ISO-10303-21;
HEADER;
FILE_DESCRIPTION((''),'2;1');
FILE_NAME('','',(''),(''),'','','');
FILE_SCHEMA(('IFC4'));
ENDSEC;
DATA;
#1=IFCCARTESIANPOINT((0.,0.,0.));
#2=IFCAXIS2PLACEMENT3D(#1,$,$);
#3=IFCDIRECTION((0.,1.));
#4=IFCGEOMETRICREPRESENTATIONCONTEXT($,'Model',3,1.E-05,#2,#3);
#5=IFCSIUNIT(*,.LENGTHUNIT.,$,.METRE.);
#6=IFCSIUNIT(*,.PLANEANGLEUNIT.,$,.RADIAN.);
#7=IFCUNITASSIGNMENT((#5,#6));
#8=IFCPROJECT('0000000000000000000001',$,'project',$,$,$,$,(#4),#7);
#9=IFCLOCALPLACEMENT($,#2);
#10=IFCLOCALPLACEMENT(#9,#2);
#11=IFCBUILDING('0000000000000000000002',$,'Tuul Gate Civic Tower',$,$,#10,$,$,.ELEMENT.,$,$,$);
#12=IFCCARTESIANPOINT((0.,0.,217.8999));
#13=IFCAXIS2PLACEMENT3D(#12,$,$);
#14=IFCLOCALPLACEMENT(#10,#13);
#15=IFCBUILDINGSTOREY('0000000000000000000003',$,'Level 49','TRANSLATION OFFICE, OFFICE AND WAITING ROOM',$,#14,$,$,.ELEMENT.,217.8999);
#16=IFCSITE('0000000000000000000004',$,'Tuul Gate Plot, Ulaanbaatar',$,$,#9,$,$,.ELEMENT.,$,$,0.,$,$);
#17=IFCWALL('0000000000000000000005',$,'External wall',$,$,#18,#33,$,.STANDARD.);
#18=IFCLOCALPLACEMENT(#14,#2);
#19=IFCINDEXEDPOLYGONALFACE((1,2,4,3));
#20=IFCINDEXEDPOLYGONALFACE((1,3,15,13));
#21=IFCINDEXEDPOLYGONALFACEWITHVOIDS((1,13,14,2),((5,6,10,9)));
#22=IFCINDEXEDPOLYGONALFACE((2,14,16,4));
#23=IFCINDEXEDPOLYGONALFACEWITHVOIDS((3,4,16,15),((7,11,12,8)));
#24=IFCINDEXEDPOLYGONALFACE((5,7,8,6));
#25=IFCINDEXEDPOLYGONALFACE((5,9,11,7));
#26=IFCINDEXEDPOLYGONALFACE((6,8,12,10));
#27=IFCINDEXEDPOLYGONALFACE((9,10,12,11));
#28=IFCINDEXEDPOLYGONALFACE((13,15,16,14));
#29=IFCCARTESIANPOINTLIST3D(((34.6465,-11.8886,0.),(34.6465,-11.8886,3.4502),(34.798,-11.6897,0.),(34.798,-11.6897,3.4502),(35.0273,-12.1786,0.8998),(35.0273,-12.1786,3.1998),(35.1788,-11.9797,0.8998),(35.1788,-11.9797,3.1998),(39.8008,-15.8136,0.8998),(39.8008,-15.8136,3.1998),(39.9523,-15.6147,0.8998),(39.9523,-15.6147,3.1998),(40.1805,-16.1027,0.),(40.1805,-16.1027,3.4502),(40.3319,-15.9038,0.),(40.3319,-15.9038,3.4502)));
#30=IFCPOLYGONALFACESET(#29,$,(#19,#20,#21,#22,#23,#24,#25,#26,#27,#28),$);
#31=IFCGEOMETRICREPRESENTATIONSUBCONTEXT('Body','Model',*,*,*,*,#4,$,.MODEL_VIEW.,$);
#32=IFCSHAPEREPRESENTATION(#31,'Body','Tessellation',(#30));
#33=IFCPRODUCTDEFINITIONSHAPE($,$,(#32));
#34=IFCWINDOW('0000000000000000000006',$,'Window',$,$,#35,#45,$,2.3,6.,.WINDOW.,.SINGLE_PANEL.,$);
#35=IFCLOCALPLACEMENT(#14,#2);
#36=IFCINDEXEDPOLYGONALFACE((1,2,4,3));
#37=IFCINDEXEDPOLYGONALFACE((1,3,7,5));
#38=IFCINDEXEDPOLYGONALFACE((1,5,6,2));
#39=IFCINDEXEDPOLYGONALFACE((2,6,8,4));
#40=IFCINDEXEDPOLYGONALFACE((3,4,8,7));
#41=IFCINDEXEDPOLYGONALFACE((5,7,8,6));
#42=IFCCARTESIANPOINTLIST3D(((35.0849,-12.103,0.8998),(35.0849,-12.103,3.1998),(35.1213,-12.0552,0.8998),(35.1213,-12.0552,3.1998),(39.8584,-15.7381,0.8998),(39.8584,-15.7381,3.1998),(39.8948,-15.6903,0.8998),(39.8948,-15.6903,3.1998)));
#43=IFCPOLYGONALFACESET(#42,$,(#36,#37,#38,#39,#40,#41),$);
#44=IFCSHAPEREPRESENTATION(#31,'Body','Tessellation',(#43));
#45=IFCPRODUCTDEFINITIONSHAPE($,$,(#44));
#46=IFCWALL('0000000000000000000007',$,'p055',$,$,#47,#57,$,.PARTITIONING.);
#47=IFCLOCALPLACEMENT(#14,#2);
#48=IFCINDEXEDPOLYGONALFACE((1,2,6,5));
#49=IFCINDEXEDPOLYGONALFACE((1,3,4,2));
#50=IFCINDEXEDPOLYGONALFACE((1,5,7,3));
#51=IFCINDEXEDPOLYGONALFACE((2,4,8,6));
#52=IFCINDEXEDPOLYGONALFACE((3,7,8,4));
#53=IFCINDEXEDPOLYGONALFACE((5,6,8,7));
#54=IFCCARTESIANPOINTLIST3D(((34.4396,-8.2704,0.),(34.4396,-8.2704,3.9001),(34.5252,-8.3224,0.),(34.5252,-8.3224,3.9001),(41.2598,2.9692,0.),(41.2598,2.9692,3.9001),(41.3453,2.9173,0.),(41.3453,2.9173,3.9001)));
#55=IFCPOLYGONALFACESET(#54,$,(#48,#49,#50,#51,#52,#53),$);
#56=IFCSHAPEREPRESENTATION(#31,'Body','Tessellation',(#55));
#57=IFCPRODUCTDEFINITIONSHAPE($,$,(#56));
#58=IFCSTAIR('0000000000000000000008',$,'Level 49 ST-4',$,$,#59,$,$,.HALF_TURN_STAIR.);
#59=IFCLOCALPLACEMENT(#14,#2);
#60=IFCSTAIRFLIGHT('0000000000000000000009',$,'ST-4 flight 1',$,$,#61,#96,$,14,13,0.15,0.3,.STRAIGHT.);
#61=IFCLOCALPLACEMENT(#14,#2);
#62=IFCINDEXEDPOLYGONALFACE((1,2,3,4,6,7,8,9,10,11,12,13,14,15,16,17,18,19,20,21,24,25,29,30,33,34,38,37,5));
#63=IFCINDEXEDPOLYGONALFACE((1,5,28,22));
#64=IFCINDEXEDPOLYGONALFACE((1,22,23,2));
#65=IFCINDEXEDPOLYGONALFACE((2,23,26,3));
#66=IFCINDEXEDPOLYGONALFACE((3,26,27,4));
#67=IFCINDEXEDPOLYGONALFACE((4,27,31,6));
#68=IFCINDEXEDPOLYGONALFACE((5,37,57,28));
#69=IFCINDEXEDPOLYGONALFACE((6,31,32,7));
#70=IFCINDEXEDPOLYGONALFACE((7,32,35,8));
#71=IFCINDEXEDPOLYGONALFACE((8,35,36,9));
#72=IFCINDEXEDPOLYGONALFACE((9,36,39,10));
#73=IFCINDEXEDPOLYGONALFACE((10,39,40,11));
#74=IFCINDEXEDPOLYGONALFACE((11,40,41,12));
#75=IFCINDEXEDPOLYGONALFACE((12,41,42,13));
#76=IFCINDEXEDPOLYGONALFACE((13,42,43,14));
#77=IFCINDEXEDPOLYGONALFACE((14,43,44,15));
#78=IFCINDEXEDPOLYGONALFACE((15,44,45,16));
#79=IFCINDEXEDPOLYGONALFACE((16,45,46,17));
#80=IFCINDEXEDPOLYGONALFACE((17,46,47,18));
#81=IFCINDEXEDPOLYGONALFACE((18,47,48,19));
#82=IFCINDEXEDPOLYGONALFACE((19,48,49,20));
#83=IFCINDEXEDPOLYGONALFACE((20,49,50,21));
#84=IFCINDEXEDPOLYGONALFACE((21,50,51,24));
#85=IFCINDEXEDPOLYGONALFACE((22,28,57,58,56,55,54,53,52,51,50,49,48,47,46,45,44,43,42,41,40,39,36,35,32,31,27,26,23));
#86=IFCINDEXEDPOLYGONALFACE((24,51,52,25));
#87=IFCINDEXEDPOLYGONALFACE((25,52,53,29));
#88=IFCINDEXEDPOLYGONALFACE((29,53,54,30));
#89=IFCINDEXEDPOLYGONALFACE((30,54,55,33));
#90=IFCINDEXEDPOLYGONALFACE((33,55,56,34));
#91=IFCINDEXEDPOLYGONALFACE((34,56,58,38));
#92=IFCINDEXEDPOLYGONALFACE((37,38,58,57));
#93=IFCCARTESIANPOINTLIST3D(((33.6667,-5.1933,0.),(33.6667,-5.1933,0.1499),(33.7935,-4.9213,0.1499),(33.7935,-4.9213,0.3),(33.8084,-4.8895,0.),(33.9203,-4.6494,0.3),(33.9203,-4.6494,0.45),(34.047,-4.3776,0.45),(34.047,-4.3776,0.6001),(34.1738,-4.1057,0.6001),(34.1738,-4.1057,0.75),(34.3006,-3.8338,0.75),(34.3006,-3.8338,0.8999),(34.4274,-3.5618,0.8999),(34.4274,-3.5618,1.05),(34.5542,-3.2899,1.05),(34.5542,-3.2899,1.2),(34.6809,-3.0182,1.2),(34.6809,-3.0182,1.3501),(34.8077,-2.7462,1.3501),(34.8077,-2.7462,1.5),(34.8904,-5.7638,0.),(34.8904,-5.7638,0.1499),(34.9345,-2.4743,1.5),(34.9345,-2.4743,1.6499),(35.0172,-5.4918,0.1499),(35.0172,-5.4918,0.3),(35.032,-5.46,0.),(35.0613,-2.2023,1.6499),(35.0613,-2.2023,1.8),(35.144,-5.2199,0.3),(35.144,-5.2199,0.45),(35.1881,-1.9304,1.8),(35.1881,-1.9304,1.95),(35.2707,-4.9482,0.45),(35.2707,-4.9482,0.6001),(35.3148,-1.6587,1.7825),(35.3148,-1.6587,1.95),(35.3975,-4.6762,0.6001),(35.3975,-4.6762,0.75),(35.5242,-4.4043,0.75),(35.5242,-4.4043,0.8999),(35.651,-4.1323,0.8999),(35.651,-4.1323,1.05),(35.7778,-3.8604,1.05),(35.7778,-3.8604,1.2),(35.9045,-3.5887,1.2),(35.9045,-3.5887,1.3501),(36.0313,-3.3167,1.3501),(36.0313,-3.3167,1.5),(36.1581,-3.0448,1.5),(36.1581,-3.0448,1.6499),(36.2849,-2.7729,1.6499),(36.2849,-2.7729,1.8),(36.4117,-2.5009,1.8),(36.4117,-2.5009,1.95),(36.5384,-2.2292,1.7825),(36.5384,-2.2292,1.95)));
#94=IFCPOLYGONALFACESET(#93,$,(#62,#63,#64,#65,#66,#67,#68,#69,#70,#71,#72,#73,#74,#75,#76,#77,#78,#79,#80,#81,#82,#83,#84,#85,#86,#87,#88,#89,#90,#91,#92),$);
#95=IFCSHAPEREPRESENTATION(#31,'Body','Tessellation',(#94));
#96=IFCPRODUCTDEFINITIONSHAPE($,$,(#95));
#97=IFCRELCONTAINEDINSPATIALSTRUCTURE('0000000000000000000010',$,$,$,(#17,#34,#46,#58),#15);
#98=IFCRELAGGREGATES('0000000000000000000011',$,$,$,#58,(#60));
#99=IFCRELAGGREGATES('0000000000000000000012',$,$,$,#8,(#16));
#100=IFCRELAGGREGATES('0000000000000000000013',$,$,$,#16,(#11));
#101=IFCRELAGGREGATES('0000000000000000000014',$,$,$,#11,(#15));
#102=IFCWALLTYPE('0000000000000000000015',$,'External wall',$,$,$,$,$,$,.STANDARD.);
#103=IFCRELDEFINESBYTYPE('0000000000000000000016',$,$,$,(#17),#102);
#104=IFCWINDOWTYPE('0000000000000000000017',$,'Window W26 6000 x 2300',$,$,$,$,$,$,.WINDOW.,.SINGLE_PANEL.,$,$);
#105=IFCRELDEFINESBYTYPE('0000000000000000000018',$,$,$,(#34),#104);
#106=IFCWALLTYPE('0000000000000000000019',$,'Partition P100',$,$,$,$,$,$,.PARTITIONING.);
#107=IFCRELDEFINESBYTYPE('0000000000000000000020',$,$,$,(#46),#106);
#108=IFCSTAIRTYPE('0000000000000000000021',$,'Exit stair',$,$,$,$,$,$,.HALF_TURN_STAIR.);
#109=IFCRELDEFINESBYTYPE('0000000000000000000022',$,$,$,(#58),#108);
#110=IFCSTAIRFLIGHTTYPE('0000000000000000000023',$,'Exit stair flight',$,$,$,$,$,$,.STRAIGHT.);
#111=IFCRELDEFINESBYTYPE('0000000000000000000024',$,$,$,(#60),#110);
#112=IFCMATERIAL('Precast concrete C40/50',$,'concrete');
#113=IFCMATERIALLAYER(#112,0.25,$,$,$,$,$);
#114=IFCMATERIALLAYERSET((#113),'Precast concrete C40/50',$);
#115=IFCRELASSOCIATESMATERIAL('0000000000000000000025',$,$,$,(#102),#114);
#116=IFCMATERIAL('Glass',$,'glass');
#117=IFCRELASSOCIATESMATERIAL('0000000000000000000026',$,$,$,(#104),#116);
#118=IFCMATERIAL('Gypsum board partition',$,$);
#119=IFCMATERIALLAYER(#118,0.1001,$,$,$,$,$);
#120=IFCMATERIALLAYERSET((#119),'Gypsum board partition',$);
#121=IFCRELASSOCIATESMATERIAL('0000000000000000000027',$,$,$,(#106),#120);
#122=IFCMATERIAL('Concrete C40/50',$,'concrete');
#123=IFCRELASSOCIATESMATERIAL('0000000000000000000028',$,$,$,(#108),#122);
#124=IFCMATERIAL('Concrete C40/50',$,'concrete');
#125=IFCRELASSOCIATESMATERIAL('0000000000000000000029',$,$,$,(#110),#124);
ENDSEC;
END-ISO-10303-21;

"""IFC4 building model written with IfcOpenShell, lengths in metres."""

from ifc_helpers import new_model, si_unit, direction, frame, frame_2d, origin, place, context, subcontext, project, spatial, polyline, rectangle, outline, extrude, material, layer, layer_set, type_object, element, fill, aggregate, save


model = new_model("IFC4")

# Units and contexts
model_context = context("Model", 3, precision=1e-05, world=origin(), true_north=direction((0.0, 1.0)))
body_context = subcontext(model_context, "Body", "Model", "MODEL_VIEW")
ifc_project = project(units=[si_unit("LENGTHUNIT", "METRE"), si_unit("PLANEANGLEUNIT", "RADIAN")], contexts=[model_context])

# Site, building, storey
site_placement = place(None, origin())
site = spatial("IfcSite", under=ifc_project, at=site_placement, Name="Tuul Gate Plot, Ulaanbaatar", CompositionType="ELEMENT", RefElevation=0.0)
building_placement = place(site_placement, origin())
building = spatial("IfcBuilding", under=site, at=building_placement, Name="Tuul Gate Civic Tower", CompositionType="ELEMENT")
storey_placement = place(building_placement, frame((0.0, 0.0, 217.8999)))
storey = spatial("IfcBuildingStorey", under=building, at=storey_placement, Name="Level 49", Description="TRANSLATION OFFICE, OFFICE AND WAITING ROOM", CompositionType="ELEMENT", Elevation=217.8999)

# Wall, opening, window
ifc_material_1 = material(Name="Precast concrete C40/50", Category="concrete")
ifc_layer_1 = layer(ifc_material_1, 0.25)
ifc_layer_set_1 = layer_set([ifc_layer_1], Name="Precast concrete C40/50")
wall_type_1 = type_object("IfcWallType", Name="External wall", PredefinedType="STANDARD", material=ifc_layer_set_1)
ifc_material_2 = material(Name="Glass", Category="glass")
window_type = type_object("IfcWindowType", Name="Window W26 6000 x 2300", PartitioningType="SINGLE_PANEL", PredefinedType="WINDOW", material=ifc_material_2)
wall_1_placement = place(storey_placement, frame((34.7222, -11.7891, 0.0), z_axis=(0.0, 0.0, 1.0), x_axis=(0.795586, -0.605841, 0.0)))
wall_1 = element("IfcWall", 1, at=wall_1_placement, inside=storey, type_object=wall_type_1, Name="External wall", PredefinedType="STANDARD", context=body_context, shape_type="SweptSolid", body=[
    extrude(rectangle(XDim=6.9558, YDim=0.25, at=frame_2d((3.478, 0.0))), origin(), (0.0, 0.0, 1.0), 3.4502),
])
opening_1_placement = place(wall_1_placement, frame((0.4788, 0.0, 0.8999)))
opening_1 = element("IfcOpeningElement", 2, at=opening_1_placement, cuts=wall_1, PredefinedType="OPENING", context=body_context, shape_type="SweptSolid", body=[
    extrude(rectangle(XDim=6.0, YDim=2.3, at=frame_2d((3.0, 1.1499))), frame((0.0, 0.135, 0.0), z_axis=(0.0, -1.0, 0.0), x_axis=(1.0, 0.0, 0.0)), (0.0, 0.0, 1.0), 0.27),
])
window_1_placement = place(opening_1_placement, origin())
window_1 = element("IfcWindow", 3, at=window_1_placement, inside=storey, type_object=window_type, Name="Window", OverallHeight=2.3, OverallWidth=6.0, PartitioningType="SINGLE_PANEL", PredefinedType="WINDOW", context=body_context, shape_type="SweptSolid", body=[
    extrude(rectangle(XDim=6.0, YDim=2.3, at=frame_2d((3.0, 1.1499))), frame((0.0, 0.03, 0.0), z_axis=(0.0, -1.0, 0.0), x_axis=(1.0, 0.0, 0.0)), (0.0, 0.0, 1.0), 0.0601),
])
fill(opening_1, window_1)

# Wall
ifc_material_3 = material(Name="Gypsum board partition")
ifc_layer_2 = layer(ifc_material_3, 0.1001)
ifc_layer_set_2 = layer_set([ifc_layer_2], Name="Gypsum board partition")
wall_type_2 = type_object("IfcWallType", Name="Partition P100", PredefinedType="PARTITIONING", material=ifc_layer_set_2)
wall_2_placement = place(storey_placement, frame((34.4824, -8.2964, 0.0), z_axis=(0.0, 0.0, 1.0), x_axis=(0.518761, 0.85492, 0.0)))
element("IfcWall", 4, at=wall_2_placement, inside=storey, type_object=wall_type_2, Name="p055", PredefinedType="PARTITIONING", context=body_context, shape_type="SweptSolid", body=[
    extrude(rectangle(XDim=13.147, YDim=0.1001, at=frame_2d((6.5735, 0.0))), origin(), (0.0, 0.0, 1.0), 3.9001),
])

# Stair, stair flight
ifc_material_4 = material(Name="Concrete C40/50", Category="concrete")
stair_type = type_object("IfcStairType", Name="Exit stair", PredefinedType="HALF_TURN_STAIR", material=ifc_material_4)
stair_placement = place(storey_placement, origin())
stair = element("IfcStair", 5, at=stair_placement, inside=storey, type_object=stair_type, Name="Level 49 ST-4", PredefinedType="HALF_TURN_STAIR")
ifc_material_5 = material(Name="Concrete C40/50", Category="concrete")
stair_flight_type = type_object("IfcStairFlightType", Name="Exit stair flight", PredefinedType="STRAIGHT", material=ifc_material_5)
stair_flight_placement = place(storey_placement, frame((34.2786, -5.4785, 0.0), z_axis=(0.0, 0.0, 1.0), x_axis=(0.422576, 0.906327, 0.0)))
stair_flight = element("IfcStairFlight", 6, at=stair_flight_placement, type_object=stair_flight_type, Name="ST-4 flight 1", NumberOfRisers=14, NumberOfTreads=13, PredefinedType="STRAIGHT", RiserHeight=0.15, TreadLength=0.3, context=body_context, shape_type="SweptSolid", body=[
    extrude(outline(polyline([(0.0, 0.0), (0.0, 0.1499), (0.3, 0.1499), (0.3, 0.3), (0.6001, 0.3), (0.6001, 0.45), (0.8999, 0.45), (0.8999, 0.6001), (1.2, 0.6001), (1.2, 0.75), (1.5, 0.75), (1.5, 0.8999), (1.8, 0.8999), (1.8, 1.05), (2.1001, 1.05), (2.1001, 1.2), (2.3999, 1.2), (2.3999, 1.3501), (2.7, 1.3501), (2.7, 1.5), (3.0, 1.5), (3.0, 1.6499), (3.3, 1.6499), (3.3, 1.8), (3.6001, 1.8), (3.6001, 1.95), (3.8999, 1.95), (3.8999, 2.1001), (3.8999, 1.7825), (0.3352, 0.0), (0.0, 0.0)])), frame((0.0, 0.675, 0.0), z_axis=(0.0, -1.0, 0.0), x_axis=(1.0, 0.0, 0.0)), (0.0, 0.0, 1.0), 1.3501),
])
aggregate(stair, [stair_flight])

save(model, "model.ifc")
